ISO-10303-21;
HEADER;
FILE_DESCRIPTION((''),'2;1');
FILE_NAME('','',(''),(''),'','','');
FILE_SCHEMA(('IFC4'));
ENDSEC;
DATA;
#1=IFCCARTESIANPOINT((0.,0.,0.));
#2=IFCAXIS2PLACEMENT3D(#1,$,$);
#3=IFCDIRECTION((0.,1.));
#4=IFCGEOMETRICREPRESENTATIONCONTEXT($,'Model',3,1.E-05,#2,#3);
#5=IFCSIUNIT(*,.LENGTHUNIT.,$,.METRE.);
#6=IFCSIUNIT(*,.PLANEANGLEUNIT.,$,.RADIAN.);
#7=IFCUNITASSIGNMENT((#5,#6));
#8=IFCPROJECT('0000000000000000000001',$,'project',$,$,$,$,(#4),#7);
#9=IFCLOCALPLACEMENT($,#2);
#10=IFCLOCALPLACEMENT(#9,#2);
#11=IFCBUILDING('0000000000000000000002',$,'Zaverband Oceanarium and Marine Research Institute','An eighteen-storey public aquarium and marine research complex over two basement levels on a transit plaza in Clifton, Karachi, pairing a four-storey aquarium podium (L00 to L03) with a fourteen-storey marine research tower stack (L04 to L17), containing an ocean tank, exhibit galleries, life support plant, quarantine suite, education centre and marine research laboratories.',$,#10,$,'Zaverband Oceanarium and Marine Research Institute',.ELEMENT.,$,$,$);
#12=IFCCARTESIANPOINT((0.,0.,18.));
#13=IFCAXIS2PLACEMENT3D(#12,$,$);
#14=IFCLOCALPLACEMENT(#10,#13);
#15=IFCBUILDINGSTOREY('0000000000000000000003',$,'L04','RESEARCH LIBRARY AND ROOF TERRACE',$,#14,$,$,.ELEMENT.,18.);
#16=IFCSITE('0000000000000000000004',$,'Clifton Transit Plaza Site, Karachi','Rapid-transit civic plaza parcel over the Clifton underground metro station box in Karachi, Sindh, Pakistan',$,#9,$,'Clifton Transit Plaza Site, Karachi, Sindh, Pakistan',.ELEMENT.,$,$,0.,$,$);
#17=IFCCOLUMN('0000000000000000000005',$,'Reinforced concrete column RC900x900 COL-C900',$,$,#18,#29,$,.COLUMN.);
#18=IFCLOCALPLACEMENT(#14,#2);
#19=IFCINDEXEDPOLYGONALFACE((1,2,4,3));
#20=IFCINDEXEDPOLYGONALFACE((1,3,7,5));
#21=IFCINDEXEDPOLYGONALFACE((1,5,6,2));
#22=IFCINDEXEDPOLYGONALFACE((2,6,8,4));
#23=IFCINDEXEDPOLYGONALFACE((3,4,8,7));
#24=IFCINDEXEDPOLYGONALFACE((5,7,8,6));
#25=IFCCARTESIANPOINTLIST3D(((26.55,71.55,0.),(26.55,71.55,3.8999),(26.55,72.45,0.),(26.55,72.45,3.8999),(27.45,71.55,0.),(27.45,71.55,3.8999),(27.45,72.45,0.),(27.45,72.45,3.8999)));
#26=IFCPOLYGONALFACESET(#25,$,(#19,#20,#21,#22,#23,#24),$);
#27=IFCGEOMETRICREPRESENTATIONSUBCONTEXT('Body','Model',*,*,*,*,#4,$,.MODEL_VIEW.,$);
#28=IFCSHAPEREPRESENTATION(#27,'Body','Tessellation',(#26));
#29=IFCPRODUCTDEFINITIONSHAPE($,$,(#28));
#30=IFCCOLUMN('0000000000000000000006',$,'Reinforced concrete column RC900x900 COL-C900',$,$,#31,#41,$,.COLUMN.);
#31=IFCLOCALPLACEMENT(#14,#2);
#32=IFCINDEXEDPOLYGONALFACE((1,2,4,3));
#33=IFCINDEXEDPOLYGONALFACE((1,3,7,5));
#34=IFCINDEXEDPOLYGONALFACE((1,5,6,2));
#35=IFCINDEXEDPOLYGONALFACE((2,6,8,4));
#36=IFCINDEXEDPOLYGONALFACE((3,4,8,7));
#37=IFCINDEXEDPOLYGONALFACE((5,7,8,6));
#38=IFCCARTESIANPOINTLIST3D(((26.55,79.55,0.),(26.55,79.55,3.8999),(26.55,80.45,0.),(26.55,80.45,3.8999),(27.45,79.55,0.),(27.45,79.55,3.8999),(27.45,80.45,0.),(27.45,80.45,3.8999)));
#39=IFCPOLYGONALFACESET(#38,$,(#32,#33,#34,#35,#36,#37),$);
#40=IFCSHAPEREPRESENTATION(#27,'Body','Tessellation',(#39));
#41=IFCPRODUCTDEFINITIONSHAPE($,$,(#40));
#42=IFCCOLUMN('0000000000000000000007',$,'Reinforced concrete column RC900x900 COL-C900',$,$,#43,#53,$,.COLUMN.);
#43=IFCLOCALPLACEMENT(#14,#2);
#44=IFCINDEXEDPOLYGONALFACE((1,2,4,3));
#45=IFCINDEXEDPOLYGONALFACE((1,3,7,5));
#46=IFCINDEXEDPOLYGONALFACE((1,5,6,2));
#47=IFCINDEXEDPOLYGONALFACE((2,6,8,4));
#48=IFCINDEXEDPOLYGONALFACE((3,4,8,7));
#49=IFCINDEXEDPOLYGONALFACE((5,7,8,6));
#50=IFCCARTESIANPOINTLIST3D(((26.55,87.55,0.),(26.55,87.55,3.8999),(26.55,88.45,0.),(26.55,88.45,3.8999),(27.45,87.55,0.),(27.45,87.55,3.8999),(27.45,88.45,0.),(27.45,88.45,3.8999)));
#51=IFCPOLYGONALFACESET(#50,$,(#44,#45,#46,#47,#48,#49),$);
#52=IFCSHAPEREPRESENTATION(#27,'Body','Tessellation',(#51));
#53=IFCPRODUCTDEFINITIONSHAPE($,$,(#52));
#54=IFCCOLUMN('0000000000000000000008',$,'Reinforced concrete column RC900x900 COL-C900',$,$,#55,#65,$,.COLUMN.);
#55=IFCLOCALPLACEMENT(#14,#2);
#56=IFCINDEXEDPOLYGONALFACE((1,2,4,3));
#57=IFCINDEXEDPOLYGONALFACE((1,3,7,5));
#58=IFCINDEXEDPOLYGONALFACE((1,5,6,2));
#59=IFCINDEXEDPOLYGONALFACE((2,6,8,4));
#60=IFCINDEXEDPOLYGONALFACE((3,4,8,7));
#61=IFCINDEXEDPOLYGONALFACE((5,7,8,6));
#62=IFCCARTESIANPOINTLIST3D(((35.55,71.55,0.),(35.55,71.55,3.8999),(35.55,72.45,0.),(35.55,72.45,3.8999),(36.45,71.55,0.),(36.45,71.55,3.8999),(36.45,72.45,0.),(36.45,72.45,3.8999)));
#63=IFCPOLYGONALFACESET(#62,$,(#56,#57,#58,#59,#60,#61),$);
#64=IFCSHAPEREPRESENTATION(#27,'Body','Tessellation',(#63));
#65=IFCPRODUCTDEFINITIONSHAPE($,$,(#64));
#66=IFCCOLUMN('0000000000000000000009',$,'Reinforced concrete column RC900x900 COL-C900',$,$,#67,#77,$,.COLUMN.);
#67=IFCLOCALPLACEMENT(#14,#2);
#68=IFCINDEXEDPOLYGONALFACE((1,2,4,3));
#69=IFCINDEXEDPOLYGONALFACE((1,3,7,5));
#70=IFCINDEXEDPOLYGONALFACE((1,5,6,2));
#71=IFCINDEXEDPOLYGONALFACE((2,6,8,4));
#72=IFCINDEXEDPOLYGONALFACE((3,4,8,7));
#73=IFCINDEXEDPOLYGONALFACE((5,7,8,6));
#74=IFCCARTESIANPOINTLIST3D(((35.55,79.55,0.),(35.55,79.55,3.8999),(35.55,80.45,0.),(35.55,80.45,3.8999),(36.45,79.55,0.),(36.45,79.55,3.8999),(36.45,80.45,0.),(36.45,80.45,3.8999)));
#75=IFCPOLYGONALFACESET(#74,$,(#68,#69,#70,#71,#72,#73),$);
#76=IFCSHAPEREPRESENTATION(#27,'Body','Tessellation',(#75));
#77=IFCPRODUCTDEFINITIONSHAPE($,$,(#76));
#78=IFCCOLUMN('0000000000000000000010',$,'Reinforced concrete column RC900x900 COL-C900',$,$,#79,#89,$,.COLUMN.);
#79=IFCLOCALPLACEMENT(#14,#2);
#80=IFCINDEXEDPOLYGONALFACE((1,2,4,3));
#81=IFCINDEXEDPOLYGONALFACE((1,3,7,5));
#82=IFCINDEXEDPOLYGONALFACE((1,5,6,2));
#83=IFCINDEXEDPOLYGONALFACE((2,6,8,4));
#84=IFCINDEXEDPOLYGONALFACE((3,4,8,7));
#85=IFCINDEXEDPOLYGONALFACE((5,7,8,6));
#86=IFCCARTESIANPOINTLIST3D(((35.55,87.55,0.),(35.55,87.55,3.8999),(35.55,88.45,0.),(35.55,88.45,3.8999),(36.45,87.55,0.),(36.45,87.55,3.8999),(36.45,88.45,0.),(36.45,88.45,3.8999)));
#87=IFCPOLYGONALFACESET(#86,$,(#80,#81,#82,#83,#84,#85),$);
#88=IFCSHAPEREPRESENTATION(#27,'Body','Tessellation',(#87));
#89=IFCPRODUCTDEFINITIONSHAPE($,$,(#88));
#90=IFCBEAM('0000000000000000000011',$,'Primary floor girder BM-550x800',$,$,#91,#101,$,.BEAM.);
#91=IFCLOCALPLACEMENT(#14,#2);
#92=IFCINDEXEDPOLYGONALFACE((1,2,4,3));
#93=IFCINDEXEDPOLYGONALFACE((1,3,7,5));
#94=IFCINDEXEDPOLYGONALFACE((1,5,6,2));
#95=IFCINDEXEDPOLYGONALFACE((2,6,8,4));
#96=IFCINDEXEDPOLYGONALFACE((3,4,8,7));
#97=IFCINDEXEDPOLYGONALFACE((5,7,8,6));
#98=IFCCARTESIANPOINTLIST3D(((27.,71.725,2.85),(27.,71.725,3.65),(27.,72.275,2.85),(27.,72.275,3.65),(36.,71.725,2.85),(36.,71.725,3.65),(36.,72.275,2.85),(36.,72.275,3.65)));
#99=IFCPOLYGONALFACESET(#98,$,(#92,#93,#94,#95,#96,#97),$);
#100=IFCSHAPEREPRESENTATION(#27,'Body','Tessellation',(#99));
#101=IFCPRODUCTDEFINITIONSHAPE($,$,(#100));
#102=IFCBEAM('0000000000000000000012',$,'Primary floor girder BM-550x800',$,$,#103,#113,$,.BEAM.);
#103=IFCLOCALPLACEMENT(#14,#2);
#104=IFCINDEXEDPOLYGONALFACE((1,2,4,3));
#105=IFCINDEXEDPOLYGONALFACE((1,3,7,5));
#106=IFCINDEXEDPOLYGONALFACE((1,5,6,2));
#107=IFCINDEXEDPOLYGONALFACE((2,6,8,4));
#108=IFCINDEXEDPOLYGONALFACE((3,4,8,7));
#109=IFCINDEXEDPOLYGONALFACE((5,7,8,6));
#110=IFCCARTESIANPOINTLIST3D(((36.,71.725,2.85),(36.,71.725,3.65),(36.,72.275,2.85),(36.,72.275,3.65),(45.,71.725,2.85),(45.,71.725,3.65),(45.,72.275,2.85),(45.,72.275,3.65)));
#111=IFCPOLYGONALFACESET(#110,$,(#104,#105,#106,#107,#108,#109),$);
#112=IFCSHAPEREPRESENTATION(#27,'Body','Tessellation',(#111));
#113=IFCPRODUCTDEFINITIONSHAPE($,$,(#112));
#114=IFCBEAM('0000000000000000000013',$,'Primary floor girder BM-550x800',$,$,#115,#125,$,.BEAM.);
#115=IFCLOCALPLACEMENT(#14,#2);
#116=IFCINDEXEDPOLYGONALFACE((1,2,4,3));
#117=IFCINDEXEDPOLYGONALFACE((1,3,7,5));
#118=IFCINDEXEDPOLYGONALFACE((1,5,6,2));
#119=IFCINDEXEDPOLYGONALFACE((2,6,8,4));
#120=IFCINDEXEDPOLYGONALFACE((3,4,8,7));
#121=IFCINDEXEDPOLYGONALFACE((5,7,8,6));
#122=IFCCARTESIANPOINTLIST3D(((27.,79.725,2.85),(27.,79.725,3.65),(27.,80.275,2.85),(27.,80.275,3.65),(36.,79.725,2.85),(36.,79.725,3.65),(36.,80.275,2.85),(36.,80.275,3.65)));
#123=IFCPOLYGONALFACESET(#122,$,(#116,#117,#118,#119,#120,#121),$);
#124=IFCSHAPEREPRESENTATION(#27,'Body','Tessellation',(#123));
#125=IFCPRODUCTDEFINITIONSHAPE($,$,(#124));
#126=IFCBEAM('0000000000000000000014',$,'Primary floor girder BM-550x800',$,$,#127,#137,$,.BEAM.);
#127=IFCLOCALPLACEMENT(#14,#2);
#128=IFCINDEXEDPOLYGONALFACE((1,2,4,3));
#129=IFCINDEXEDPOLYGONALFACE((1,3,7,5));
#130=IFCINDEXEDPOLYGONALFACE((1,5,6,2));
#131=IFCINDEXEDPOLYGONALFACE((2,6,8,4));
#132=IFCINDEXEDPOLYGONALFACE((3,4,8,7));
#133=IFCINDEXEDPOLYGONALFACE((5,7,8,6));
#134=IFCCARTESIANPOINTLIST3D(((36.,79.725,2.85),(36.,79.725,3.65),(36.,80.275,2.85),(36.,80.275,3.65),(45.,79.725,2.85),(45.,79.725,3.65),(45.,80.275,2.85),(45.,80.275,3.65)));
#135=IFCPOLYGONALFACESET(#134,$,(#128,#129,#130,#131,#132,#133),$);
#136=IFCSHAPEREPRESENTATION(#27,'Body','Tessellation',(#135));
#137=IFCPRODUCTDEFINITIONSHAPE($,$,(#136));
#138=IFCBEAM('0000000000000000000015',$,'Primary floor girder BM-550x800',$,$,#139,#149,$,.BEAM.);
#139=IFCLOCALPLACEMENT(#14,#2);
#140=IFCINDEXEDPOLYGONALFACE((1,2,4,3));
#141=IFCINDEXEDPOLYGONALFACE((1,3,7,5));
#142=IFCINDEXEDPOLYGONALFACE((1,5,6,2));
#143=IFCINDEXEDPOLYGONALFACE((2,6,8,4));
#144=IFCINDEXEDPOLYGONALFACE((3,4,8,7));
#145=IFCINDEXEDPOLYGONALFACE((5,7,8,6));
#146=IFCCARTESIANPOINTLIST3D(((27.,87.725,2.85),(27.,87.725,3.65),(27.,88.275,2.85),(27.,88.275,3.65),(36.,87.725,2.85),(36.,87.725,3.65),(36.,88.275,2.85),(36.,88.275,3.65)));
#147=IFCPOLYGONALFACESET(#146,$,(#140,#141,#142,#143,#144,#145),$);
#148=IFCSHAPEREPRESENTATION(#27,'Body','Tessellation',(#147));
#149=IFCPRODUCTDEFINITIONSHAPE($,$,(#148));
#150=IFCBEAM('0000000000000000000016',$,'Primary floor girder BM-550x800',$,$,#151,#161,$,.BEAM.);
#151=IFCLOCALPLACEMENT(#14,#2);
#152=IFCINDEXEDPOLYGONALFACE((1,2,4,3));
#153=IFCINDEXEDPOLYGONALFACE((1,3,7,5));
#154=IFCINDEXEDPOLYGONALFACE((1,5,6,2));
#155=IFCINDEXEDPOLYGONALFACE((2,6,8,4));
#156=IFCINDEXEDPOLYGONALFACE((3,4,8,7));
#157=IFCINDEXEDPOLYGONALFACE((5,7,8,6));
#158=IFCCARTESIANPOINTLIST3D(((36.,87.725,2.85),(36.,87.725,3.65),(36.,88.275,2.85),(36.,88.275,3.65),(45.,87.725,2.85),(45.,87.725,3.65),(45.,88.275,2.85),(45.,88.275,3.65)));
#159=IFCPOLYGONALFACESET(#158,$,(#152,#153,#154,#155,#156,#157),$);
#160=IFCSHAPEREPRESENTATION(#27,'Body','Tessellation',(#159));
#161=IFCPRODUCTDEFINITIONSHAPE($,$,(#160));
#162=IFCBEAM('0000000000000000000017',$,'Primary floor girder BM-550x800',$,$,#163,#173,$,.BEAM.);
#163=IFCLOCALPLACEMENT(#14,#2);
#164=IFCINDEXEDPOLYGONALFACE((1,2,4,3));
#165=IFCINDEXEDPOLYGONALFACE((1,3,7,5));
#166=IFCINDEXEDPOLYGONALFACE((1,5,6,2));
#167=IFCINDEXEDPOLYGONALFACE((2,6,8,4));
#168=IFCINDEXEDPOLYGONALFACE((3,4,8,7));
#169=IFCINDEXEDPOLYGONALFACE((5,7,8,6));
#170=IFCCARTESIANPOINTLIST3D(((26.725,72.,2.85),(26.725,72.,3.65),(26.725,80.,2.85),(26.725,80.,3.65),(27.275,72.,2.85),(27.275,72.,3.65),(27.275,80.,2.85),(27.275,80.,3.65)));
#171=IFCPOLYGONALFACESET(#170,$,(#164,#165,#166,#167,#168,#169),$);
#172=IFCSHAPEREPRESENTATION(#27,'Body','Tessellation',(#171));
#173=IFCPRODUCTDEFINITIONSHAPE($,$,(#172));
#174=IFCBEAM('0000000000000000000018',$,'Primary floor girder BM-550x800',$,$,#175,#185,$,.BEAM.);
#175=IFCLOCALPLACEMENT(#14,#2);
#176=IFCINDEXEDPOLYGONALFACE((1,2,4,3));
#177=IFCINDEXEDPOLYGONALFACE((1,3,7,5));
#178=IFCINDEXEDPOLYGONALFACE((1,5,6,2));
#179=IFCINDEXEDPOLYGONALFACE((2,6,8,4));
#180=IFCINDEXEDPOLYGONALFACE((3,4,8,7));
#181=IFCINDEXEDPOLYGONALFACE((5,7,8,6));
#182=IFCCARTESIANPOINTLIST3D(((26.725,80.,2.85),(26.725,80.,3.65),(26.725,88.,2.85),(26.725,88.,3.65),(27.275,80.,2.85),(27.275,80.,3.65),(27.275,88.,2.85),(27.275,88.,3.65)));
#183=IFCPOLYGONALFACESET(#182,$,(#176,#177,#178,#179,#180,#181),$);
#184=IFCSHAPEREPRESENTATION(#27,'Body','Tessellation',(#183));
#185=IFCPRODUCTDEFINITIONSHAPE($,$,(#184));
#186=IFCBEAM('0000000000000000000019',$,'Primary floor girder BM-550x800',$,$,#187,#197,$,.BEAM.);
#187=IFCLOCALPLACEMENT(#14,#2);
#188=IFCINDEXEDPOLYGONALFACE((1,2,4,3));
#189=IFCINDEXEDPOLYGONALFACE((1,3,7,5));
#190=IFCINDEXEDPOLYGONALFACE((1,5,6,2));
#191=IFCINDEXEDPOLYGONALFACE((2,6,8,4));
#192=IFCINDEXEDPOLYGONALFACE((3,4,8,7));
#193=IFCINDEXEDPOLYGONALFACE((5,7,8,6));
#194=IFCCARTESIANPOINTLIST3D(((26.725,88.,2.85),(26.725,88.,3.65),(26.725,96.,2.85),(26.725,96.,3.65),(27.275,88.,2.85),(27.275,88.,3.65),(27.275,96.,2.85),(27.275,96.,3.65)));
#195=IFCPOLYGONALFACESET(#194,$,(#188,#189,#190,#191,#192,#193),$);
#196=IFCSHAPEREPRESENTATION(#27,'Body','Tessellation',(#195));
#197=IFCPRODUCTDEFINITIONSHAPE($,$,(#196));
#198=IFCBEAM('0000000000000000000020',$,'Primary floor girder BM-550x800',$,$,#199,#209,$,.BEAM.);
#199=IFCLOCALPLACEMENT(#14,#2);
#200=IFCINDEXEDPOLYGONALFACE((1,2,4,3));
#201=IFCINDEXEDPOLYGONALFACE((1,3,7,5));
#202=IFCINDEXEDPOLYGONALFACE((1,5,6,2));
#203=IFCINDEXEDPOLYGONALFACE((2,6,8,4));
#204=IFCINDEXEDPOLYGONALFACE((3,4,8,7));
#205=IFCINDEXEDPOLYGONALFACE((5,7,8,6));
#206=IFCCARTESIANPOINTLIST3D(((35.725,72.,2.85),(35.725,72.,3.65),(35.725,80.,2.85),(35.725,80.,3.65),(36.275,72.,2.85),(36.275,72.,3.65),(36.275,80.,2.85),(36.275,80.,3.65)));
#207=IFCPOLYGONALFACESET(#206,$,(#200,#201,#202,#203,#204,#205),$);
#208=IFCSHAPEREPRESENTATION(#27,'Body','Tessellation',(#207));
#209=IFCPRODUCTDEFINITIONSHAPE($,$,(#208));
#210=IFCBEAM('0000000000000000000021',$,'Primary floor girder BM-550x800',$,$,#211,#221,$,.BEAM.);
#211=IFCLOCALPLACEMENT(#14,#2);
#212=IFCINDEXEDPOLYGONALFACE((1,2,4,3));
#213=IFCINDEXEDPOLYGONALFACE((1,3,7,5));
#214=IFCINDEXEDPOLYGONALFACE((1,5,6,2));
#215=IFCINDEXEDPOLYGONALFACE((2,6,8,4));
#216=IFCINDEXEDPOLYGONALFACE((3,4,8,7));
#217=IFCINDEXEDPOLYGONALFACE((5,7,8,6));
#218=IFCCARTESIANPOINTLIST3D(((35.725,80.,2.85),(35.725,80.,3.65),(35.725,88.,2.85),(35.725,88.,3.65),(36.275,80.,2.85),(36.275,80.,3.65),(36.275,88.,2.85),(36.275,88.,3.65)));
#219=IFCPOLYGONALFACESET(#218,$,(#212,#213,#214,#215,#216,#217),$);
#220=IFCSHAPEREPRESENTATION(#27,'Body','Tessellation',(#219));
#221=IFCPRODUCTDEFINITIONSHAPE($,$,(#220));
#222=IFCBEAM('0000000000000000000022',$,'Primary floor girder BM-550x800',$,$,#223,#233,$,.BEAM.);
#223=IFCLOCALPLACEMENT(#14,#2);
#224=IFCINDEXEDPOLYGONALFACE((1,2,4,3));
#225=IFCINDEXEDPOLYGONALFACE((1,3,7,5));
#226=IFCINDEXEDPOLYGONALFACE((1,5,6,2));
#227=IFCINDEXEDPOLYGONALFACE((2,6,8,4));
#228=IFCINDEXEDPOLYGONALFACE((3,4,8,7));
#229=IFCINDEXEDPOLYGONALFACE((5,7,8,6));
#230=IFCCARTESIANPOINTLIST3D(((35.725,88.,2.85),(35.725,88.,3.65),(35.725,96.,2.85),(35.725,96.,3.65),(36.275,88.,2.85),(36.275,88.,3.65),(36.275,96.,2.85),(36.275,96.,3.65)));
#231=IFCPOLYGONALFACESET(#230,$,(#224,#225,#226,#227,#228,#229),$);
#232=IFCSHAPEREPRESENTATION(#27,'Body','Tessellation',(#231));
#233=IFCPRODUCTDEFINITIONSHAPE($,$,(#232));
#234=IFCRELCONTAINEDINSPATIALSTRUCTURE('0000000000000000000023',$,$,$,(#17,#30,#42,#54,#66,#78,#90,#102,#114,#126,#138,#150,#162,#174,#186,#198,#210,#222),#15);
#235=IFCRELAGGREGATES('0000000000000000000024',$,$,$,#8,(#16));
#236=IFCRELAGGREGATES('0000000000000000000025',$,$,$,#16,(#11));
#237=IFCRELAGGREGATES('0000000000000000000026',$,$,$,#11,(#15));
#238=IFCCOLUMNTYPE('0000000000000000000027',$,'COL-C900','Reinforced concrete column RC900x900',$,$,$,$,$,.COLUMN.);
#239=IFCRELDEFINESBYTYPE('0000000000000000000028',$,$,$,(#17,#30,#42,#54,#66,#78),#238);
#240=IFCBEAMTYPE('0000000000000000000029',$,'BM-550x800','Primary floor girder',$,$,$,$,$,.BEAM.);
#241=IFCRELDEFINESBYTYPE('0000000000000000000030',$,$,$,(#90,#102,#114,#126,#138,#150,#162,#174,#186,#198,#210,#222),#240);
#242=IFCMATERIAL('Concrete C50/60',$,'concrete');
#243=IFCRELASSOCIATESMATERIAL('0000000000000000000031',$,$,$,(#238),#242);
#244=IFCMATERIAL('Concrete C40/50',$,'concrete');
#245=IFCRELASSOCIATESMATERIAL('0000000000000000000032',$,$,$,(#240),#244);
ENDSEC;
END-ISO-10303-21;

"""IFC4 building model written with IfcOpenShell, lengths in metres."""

from ifc_helpers import new_model, si_unit, direction, frame, origin, origin_2d, place, context, subcontext, project, spatial, rectangle, extrude, material, material_profile, profile_set, type_object, element, save


model = new_model("IFC4")

# Units and contexts
model_context = context("Model", 3, precision=1e-05, world=origin(), true_north=direction((0.0, 1.0)))
body_context = subcontext(model_context, "Body", "Model", "MODEL_VIEW")
ifc_project = project(units=[si_unit("LENGTHUNIT", "METRE"), si_unit("PLANEANGLEUNIT", "RADIAN")], contexts=[model_context])

# Site, building, storey
site_placement = place(None, origin())
site = spatial("IfcSite", under=ifc_project, at=site_placement, Name="Clifton Transit Plaza Site, Karachi", Description="Rapid-transit civic plaza parcel over the Clifton underground metro station box in Karachi, Sindh, Pakistan", LongName="Clifton Transit Plaza Site, Karachi, Sindh, Pakistan", CompositionType="ELEMENT", RefElevation=0.0)
building_placement = place(site_placement, origin())
building = spatial("IfcBuilding", under=site, at=building_placement, Name="Zaverband Oceanarium and Marine Research Institute", Description="An eighteen-storey public aquarium and marine research complex over two basement levels on a transit plaza in Clifton, Karachi, pairing a four-storey aquarium podium (L00 to L03) with a fourteen-storey marine research tower stack (L04 to L17), containing an ocean tank, exhibit galleries, life support plant, quarantine suite, education centre and marine research laboratories.", LongName="Zaverband Oceanarium and Marine Research Institute", CompositionType="ELEMENT")
storey_placement = place(building_placement, frame((0.0, 0.0, 18.0)))
storey = spatial("IfcBuildingStorey", under=building, at=storey_placement, Name="L04", Description="RESEARCH LIBRARY AND ROOF TERRACE", CompositionType="ELEMENT", Elevation=18.0)

# Columns
ifc_material_1 = material(Name="Concrete C50/60", Category="concrete")
ifc_material_profile_1 = material_profile(ifc_material_1, rectangle(XDim=0.8999, YDim=0.8999, at=origin_2d()), Name="RC900x900")
ifc_profile_set_1 = profile_set([ifc_material_profile_1], Name="Concrete C50/60")
column_type = type_object("IfcColumnType", Name="COL-C900", Description="Reinforced concrete column RC900x900", PredefinedType="COLUMN", material=ifc_profile_set_1)
for number, where, z_axis, x_axis, name in (
    (1, (27.0, 72.0, 0.0), (0.0, 0.0, 1.0), (1.0, 0.0, 0.0), "Reinforced concrete column RC900x900 COL-C900"),
    (2, (27.0, 80.0, 0.0), (0.0, 0.0, 1.0), (1.0, 0.0, 0.0), "Reinforced concrete column RC900x900 COL-C900"),
    (3, (27.0, 88.0, 0.0), (0.0, 0.0, 1.0), (1.0, 0.0, 0.0), "Reinforced concrete column RC900x900 COL-C900"),
    (4, (36.0, 72.0, 0.0), (0.0, 0.0, 1.0), (1.0, 0.0, 0.0), "Reinforced concrete column RC900x900 COL-C900"),
    (5, (36.0, 80.0, 0.0), (0.0, 0.0, 1.0), (1.0, 0.0, 0.0), "Reinforced concrete column RC900x900 COL-C900"),
    (6, (36.0, 88.0, 0.0), (0.0, 0.0, 1.0), (1.0, 0.0, 0.0), "Reinforced concrete column RC900x900 COL-C900"),
):
    element("IfcColumn", number, at=place(storey_placement, frame(where, z_axis=z_axis, x_axis=x_axis)), inside=storey, type_object=column_type, Name=name, PredefinedType="COLUMN", context=body_context, shape_type="SweptSolid", body=[
        extrude(rectangle(XDim=0.8999, YDim=0.8999, at=origin_2d()), origin(), (0.0, 0.0, 1.0), 3.8999),
    ])

# Beams
ifc_material_2 = material(Name="Concrete C40/50", Category="concrete")
ifc_material_profile_2 = material_profile(ifc_material_2, rectangle(XDim=0.55, YDim=0.8, at=origin_2d()), Name="RC550x800")
ifc_profile_set_2 = profile_set([ifc_material_profile_2], Name="Concrete C40/50")
beam_type_1 = type_object("IfcBeamType", Name="BM-550x800", Description="Primary floor girder", PredefinedType="BEAM", material=ifc_profile_set_2)
for number, where, z_axis, x_axis, name in (
    (7, (27.0, 72.0, 3.25), (1.0, 0.0, 0.0), (0.0, 1.0, 0.0), "Primary floor girder BM-550x800"),
    (8, (36.0, 72.0, 3.25), (1.0, 0.0, 0.0), (0.0, 1.0, 0.0), "Primary floor girder BM-550x800"),
    (9, (27.0, 80.0, 3.25), (1.0, 0.0, 0.0), (0.0, 1.0, 0.0), "Primary floor girder BM-550x800"),
    (10, (36.0, 80.0, 3.25), (1.0, 0.0, 0.0), (0.0, 1.0, 0.0), "Primary floor girder BM-550x800"),
    (11, (27.0, 88.0, 3.25), (1.0, 0.0, 0.0), (0.0, 1.0, 0.0), "Primary floor girder BM-550x800"),
    (12, (36.0, 88.0, 3.25), (1.0, 0.0, 0.0), (0.0, 1.0, 0.0), "Primary floor girder BM-550x800"),
):
    element("IfcBeam", number, at=place(storey_placement, frame(where, z_axis=z_axis, x_axis=x_axis)), inside=storey, type_object=beam_type_1, Name=name, PredefinedType="BEAM", context=body_context, shape_type="SweptSolid", body=[
        extrude(rectangle(XDim=0.55, YDim=0.8, at=origin_2d()), origin(), (0.0, 0.0, 1.0), 9.0),
    ])
for number, where, z_axis, x_axis, name in (
    (13, (27.0, 72.0, 3.25), (0.0, 1.0, 0.0), (-1.0, 0.0, 0.0), "Primary floor girder BM-550x800"),
    (14, (27.0, 80.0, 3.25), (0.0, 1.0, 0.0), (-1.0, 0.0, 0.0), "Primary floor girder BM-550x800"),
    (15, (27.0, 88.0, 3.25), (0.0, 1.0, 0.0), (-1.0, 0.0, 0.0), "Primary floor girder BM-550x800"),
    (16, (36.0, 72.0, 3.25), (0.0, 1.0, 0.0), (-1.0, 0.0, 0.0), "Primary floor girder BM-550x800"),
    (17, (36.0, 80.0, 3.25), (0.0, 1.0, 0.0), (-1.0, 0.0, 0.0), "Primary floor girder BM-550x800"),
    (18, (36.0, 88.0, 3.25), (0.0, 1.0, 0.0), (-1.0, 0.0, 0.0), "Primary floor girder BM-550x800"),
):
    element("IfcBeam", number, at=place(storey_placement, frame(where, z_axis=z_axis, x_axis=x_axis)), inside=storey, type_object=beam_type_1, Name=name, PredefinedType="BEAM", context=body_context, shape_type="SweptSolid", body=[
        extrude(rectangle(XDim=0.55, YDim=0.8, at=origin_2d()), origin(), (0.0, 0.0, 1.0), 8.0),
    ])

save(model, "model.ifc")
